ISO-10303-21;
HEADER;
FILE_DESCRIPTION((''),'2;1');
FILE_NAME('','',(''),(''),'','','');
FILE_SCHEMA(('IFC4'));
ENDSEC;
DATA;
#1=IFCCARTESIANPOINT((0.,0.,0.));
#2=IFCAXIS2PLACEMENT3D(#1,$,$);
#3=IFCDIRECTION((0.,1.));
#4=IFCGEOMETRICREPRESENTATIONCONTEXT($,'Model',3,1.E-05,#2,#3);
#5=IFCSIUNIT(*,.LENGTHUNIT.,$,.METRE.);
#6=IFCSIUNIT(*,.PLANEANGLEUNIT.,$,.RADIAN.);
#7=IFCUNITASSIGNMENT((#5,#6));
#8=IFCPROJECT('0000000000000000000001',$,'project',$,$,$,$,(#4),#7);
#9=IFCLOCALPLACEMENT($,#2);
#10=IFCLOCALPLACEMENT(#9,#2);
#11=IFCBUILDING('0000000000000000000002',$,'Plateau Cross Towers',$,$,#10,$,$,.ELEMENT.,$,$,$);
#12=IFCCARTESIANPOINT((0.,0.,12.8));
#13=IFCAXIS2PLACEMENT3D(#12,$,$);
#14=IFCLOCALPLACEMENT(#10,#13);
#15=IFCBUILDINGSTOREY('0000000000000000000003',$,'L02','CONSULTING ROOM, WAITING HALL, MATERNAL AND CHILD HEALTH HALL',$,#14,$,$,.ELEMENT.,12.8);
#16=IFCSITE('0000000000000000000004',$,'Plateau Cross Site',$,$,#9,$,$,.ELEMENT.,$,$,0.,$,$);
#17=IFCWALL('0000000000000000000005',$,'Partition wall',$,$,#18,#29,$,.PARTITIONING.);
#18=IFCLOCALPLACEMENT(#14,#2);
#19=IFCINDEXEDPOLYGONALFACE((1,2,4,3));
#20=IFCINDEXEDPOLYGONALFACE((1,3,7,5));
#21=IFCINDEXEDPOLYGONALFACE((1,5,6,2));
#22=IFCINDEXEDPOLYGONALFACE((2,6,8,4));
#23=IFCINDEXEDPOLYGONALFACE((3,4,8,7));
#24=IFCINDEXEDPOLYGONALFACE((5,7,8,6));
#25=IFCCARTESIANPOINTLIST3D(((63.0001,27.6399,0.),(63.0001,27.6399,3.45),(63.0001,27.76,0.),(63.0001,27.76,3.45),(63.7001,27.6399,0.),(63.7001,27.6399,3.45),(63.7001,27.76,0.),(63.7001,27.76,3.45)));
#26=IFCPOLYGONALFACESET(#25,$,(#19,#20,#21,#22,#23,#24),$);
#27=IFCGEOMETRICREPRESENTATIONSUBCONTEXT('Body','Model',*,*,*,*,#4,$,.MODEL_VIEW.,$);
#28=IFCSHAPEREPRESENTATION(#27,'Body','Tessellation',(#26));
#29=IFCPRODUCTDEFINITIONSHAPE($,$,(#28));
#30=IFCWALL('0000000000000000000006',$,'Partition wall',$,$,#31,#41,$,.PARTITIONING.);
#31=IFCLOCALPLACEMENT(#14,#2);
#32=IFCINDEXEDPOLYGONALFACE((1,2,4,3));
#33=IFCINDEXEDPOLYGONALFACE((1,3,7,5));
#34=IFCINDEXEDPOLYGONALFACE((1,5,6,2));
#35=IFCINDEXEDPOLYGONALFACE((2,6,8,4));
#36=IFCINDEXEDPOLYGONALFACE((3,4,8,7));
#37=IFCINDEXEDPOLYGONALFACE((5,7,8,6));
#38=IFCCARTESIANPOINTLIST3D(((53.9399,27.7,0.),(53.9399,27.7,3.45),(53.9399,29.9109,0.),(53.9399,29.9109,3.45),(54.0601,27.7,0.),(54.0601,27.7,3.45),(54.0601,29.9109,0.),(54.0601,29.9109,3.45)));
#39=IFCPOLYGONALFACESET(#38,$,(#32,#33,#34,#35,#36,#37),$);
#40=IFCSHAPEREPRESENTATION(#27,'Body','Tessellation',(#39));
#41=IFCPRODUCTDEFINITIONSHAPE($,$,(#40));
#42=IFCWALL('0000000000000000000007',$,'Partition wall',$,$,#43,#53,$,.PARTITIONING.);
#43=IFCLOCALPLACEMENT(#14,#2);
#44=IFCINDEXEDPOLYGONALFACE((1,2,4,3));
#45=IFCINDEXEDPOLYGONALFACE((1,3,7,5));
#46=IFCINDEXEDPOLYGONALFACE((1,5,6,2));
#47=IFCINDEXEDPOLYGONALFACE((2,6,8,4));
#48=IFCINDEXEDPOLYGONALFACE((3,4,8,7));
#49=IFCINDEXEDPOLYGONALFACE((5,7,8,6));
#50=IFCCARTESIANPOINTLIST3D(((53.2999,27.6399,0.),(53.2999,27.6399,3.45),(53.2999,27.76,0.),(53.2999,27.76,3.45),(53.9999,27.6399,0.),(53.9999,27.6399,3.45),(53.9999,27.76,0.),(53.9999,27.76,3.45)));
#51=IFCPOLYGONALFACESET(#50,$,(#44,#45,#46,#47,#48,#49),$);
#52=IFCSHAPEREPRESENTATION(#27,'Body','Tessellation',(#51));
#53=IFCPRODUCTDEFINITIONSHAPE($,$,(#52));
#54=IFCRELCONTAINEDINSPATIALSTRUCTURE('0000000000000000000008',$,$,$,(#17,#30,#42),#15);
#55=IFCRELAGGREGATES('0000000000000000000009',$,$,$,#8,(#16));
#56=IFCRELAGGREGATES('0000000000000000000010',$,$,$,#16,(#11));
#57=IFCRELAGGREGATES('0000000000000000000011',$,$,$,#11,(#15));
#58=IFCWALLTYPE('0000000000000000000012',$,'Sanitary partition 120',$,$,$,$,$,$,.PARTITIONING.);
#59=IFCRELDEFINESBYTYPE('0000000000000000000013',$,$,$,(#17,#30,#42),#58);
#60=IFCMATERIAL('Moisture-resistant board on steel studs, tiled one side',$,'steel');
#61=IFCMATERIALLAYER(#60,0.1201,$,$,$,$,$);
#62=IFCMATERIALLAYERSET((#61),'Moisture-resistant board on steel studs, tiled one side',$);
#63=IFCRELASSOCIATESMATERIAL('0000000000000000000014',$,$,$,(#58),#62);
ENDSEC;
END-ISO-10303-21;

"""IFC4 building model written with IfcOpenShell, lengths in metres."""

from ifc_helpers import new_model, si_unit, direction, frame, frame_2d, origin, place, context, subcontext, project, spatial, rectangle, extrude, material, layer, layer_set, type_object, element, save


model = new_model("IFC4")

# Units and contexts
model_context = context("Model", 3, precision=1e-05, world=origin(), true_north=direction((0.0, 1.0)))
body_context = subcontext(model_context, "Body", "Model", "MODEL_VIEW")
ifc_project = project(units=[si_unit("LENGTHUNIT", "METRE"), si_unit("PLANEANGLEUNIT", "RADIAN")], contexts=[model_context])

# Site, building, storey
site_placement = place(None, origin())
site = spatial("IfcSite", under=ifc_project, at=site_placement, Name="Plateau Cross Site", CompositionType="ELEMENT", RefElevation=0.0)
building_placement = place(site_placement, origin())
building = spatial("IfcBuilding", under=site, at=building_placement, Name="Plateau Cross Towers", CompositionType="ELEMENT")
storey_placement = place(building_placement, frame((0.0, 0.0, 12.8)))
storey = spatial("IfcBuildingStorey", under=building, at=storey_placement, Name="L02", Description="CONSULTING ROOM, WAITING HALL, MATERNAL AND CHILD HEALTH HALL", CompositionType="ELEMENT", Elevation=12.8)

# Shared definitions
ifc_material_1 = material(Name="Moisture-resistant board on steel studs, tiled one side", Category="steel")
ifc_layer_1 = layer(ifc_material_1, 0.1201)
ifc_layer_set_1 = layer_set([ifc_layer_1], Name="Moisture-resistant board on steel studs, tiled one side")
wall_type_1 = type_object("IfcWallType", Name="Sanitary partition 120", PredefinedType="PARTITIONING", material=ifc_layer_set_1)

# Walls
wall_1_placement = place(storey_placement, frame((63.0, 27.7, 0.0), z_axis=(0.0, 0.0, 1.0), x_axis=(1.0, 0.0, 0.0)))
element("IfcWall", 1, at=wall_1_placement, inside=storey, type_object=wall_type_1, Name="Partition wall", PredefinedType="PARTITIONING", context=body_context, shape_type="SweptSolid", body=[
    extrude(rectangle(XDim=0.7, YDim=0.1201, at=frame_2d((0.3501, 0.0))), origin(), (0.0, 0.0, 1.0), 3.45),
])
wall_2_placement = place(storey_placement, frame((54.0, 29.9109, 0.0), z_axis=(0.0, 0.0, 1.0), x_axis=(0.0, -1.0, 0.0)))
element("IfcWall", 2, at=wall_2_placement, inside=storey, type_object=wall_type_1, Name="Partition wall", PredefinedType="PARTITIONING", context=body_context, shape_type="SweptSolid", body=[
    extrude(rectangle(XDim=2.2109, YDim=0.1201, at=frame_2d((1.1055, 0.0))), origin(), (0.0, 0.0, 1.0), 3.45),
])
wall_3_placement = place(storey_placement, frame((54.0, 27.7, 0.0), z_axis=(0.0, 0.0, 1.0), x_axis=(-1.0, 0.0, 0.0)))
element("IfcWall", 3, at=wall_3_placement, inside=storey, type_object=wall_type_1, Name="Partition wall", PredefinedType="PARTITIONING", context=body_context, shape_type="SweptSolid", body=[
    extrude(rectangle(XDim=0.7, YDim=0.1201, at=frame_2d((0.3501, 0.0))), origin(), (0.0, 0.0, 1.0), 3.45),
])

save(model, "model.ifc")
